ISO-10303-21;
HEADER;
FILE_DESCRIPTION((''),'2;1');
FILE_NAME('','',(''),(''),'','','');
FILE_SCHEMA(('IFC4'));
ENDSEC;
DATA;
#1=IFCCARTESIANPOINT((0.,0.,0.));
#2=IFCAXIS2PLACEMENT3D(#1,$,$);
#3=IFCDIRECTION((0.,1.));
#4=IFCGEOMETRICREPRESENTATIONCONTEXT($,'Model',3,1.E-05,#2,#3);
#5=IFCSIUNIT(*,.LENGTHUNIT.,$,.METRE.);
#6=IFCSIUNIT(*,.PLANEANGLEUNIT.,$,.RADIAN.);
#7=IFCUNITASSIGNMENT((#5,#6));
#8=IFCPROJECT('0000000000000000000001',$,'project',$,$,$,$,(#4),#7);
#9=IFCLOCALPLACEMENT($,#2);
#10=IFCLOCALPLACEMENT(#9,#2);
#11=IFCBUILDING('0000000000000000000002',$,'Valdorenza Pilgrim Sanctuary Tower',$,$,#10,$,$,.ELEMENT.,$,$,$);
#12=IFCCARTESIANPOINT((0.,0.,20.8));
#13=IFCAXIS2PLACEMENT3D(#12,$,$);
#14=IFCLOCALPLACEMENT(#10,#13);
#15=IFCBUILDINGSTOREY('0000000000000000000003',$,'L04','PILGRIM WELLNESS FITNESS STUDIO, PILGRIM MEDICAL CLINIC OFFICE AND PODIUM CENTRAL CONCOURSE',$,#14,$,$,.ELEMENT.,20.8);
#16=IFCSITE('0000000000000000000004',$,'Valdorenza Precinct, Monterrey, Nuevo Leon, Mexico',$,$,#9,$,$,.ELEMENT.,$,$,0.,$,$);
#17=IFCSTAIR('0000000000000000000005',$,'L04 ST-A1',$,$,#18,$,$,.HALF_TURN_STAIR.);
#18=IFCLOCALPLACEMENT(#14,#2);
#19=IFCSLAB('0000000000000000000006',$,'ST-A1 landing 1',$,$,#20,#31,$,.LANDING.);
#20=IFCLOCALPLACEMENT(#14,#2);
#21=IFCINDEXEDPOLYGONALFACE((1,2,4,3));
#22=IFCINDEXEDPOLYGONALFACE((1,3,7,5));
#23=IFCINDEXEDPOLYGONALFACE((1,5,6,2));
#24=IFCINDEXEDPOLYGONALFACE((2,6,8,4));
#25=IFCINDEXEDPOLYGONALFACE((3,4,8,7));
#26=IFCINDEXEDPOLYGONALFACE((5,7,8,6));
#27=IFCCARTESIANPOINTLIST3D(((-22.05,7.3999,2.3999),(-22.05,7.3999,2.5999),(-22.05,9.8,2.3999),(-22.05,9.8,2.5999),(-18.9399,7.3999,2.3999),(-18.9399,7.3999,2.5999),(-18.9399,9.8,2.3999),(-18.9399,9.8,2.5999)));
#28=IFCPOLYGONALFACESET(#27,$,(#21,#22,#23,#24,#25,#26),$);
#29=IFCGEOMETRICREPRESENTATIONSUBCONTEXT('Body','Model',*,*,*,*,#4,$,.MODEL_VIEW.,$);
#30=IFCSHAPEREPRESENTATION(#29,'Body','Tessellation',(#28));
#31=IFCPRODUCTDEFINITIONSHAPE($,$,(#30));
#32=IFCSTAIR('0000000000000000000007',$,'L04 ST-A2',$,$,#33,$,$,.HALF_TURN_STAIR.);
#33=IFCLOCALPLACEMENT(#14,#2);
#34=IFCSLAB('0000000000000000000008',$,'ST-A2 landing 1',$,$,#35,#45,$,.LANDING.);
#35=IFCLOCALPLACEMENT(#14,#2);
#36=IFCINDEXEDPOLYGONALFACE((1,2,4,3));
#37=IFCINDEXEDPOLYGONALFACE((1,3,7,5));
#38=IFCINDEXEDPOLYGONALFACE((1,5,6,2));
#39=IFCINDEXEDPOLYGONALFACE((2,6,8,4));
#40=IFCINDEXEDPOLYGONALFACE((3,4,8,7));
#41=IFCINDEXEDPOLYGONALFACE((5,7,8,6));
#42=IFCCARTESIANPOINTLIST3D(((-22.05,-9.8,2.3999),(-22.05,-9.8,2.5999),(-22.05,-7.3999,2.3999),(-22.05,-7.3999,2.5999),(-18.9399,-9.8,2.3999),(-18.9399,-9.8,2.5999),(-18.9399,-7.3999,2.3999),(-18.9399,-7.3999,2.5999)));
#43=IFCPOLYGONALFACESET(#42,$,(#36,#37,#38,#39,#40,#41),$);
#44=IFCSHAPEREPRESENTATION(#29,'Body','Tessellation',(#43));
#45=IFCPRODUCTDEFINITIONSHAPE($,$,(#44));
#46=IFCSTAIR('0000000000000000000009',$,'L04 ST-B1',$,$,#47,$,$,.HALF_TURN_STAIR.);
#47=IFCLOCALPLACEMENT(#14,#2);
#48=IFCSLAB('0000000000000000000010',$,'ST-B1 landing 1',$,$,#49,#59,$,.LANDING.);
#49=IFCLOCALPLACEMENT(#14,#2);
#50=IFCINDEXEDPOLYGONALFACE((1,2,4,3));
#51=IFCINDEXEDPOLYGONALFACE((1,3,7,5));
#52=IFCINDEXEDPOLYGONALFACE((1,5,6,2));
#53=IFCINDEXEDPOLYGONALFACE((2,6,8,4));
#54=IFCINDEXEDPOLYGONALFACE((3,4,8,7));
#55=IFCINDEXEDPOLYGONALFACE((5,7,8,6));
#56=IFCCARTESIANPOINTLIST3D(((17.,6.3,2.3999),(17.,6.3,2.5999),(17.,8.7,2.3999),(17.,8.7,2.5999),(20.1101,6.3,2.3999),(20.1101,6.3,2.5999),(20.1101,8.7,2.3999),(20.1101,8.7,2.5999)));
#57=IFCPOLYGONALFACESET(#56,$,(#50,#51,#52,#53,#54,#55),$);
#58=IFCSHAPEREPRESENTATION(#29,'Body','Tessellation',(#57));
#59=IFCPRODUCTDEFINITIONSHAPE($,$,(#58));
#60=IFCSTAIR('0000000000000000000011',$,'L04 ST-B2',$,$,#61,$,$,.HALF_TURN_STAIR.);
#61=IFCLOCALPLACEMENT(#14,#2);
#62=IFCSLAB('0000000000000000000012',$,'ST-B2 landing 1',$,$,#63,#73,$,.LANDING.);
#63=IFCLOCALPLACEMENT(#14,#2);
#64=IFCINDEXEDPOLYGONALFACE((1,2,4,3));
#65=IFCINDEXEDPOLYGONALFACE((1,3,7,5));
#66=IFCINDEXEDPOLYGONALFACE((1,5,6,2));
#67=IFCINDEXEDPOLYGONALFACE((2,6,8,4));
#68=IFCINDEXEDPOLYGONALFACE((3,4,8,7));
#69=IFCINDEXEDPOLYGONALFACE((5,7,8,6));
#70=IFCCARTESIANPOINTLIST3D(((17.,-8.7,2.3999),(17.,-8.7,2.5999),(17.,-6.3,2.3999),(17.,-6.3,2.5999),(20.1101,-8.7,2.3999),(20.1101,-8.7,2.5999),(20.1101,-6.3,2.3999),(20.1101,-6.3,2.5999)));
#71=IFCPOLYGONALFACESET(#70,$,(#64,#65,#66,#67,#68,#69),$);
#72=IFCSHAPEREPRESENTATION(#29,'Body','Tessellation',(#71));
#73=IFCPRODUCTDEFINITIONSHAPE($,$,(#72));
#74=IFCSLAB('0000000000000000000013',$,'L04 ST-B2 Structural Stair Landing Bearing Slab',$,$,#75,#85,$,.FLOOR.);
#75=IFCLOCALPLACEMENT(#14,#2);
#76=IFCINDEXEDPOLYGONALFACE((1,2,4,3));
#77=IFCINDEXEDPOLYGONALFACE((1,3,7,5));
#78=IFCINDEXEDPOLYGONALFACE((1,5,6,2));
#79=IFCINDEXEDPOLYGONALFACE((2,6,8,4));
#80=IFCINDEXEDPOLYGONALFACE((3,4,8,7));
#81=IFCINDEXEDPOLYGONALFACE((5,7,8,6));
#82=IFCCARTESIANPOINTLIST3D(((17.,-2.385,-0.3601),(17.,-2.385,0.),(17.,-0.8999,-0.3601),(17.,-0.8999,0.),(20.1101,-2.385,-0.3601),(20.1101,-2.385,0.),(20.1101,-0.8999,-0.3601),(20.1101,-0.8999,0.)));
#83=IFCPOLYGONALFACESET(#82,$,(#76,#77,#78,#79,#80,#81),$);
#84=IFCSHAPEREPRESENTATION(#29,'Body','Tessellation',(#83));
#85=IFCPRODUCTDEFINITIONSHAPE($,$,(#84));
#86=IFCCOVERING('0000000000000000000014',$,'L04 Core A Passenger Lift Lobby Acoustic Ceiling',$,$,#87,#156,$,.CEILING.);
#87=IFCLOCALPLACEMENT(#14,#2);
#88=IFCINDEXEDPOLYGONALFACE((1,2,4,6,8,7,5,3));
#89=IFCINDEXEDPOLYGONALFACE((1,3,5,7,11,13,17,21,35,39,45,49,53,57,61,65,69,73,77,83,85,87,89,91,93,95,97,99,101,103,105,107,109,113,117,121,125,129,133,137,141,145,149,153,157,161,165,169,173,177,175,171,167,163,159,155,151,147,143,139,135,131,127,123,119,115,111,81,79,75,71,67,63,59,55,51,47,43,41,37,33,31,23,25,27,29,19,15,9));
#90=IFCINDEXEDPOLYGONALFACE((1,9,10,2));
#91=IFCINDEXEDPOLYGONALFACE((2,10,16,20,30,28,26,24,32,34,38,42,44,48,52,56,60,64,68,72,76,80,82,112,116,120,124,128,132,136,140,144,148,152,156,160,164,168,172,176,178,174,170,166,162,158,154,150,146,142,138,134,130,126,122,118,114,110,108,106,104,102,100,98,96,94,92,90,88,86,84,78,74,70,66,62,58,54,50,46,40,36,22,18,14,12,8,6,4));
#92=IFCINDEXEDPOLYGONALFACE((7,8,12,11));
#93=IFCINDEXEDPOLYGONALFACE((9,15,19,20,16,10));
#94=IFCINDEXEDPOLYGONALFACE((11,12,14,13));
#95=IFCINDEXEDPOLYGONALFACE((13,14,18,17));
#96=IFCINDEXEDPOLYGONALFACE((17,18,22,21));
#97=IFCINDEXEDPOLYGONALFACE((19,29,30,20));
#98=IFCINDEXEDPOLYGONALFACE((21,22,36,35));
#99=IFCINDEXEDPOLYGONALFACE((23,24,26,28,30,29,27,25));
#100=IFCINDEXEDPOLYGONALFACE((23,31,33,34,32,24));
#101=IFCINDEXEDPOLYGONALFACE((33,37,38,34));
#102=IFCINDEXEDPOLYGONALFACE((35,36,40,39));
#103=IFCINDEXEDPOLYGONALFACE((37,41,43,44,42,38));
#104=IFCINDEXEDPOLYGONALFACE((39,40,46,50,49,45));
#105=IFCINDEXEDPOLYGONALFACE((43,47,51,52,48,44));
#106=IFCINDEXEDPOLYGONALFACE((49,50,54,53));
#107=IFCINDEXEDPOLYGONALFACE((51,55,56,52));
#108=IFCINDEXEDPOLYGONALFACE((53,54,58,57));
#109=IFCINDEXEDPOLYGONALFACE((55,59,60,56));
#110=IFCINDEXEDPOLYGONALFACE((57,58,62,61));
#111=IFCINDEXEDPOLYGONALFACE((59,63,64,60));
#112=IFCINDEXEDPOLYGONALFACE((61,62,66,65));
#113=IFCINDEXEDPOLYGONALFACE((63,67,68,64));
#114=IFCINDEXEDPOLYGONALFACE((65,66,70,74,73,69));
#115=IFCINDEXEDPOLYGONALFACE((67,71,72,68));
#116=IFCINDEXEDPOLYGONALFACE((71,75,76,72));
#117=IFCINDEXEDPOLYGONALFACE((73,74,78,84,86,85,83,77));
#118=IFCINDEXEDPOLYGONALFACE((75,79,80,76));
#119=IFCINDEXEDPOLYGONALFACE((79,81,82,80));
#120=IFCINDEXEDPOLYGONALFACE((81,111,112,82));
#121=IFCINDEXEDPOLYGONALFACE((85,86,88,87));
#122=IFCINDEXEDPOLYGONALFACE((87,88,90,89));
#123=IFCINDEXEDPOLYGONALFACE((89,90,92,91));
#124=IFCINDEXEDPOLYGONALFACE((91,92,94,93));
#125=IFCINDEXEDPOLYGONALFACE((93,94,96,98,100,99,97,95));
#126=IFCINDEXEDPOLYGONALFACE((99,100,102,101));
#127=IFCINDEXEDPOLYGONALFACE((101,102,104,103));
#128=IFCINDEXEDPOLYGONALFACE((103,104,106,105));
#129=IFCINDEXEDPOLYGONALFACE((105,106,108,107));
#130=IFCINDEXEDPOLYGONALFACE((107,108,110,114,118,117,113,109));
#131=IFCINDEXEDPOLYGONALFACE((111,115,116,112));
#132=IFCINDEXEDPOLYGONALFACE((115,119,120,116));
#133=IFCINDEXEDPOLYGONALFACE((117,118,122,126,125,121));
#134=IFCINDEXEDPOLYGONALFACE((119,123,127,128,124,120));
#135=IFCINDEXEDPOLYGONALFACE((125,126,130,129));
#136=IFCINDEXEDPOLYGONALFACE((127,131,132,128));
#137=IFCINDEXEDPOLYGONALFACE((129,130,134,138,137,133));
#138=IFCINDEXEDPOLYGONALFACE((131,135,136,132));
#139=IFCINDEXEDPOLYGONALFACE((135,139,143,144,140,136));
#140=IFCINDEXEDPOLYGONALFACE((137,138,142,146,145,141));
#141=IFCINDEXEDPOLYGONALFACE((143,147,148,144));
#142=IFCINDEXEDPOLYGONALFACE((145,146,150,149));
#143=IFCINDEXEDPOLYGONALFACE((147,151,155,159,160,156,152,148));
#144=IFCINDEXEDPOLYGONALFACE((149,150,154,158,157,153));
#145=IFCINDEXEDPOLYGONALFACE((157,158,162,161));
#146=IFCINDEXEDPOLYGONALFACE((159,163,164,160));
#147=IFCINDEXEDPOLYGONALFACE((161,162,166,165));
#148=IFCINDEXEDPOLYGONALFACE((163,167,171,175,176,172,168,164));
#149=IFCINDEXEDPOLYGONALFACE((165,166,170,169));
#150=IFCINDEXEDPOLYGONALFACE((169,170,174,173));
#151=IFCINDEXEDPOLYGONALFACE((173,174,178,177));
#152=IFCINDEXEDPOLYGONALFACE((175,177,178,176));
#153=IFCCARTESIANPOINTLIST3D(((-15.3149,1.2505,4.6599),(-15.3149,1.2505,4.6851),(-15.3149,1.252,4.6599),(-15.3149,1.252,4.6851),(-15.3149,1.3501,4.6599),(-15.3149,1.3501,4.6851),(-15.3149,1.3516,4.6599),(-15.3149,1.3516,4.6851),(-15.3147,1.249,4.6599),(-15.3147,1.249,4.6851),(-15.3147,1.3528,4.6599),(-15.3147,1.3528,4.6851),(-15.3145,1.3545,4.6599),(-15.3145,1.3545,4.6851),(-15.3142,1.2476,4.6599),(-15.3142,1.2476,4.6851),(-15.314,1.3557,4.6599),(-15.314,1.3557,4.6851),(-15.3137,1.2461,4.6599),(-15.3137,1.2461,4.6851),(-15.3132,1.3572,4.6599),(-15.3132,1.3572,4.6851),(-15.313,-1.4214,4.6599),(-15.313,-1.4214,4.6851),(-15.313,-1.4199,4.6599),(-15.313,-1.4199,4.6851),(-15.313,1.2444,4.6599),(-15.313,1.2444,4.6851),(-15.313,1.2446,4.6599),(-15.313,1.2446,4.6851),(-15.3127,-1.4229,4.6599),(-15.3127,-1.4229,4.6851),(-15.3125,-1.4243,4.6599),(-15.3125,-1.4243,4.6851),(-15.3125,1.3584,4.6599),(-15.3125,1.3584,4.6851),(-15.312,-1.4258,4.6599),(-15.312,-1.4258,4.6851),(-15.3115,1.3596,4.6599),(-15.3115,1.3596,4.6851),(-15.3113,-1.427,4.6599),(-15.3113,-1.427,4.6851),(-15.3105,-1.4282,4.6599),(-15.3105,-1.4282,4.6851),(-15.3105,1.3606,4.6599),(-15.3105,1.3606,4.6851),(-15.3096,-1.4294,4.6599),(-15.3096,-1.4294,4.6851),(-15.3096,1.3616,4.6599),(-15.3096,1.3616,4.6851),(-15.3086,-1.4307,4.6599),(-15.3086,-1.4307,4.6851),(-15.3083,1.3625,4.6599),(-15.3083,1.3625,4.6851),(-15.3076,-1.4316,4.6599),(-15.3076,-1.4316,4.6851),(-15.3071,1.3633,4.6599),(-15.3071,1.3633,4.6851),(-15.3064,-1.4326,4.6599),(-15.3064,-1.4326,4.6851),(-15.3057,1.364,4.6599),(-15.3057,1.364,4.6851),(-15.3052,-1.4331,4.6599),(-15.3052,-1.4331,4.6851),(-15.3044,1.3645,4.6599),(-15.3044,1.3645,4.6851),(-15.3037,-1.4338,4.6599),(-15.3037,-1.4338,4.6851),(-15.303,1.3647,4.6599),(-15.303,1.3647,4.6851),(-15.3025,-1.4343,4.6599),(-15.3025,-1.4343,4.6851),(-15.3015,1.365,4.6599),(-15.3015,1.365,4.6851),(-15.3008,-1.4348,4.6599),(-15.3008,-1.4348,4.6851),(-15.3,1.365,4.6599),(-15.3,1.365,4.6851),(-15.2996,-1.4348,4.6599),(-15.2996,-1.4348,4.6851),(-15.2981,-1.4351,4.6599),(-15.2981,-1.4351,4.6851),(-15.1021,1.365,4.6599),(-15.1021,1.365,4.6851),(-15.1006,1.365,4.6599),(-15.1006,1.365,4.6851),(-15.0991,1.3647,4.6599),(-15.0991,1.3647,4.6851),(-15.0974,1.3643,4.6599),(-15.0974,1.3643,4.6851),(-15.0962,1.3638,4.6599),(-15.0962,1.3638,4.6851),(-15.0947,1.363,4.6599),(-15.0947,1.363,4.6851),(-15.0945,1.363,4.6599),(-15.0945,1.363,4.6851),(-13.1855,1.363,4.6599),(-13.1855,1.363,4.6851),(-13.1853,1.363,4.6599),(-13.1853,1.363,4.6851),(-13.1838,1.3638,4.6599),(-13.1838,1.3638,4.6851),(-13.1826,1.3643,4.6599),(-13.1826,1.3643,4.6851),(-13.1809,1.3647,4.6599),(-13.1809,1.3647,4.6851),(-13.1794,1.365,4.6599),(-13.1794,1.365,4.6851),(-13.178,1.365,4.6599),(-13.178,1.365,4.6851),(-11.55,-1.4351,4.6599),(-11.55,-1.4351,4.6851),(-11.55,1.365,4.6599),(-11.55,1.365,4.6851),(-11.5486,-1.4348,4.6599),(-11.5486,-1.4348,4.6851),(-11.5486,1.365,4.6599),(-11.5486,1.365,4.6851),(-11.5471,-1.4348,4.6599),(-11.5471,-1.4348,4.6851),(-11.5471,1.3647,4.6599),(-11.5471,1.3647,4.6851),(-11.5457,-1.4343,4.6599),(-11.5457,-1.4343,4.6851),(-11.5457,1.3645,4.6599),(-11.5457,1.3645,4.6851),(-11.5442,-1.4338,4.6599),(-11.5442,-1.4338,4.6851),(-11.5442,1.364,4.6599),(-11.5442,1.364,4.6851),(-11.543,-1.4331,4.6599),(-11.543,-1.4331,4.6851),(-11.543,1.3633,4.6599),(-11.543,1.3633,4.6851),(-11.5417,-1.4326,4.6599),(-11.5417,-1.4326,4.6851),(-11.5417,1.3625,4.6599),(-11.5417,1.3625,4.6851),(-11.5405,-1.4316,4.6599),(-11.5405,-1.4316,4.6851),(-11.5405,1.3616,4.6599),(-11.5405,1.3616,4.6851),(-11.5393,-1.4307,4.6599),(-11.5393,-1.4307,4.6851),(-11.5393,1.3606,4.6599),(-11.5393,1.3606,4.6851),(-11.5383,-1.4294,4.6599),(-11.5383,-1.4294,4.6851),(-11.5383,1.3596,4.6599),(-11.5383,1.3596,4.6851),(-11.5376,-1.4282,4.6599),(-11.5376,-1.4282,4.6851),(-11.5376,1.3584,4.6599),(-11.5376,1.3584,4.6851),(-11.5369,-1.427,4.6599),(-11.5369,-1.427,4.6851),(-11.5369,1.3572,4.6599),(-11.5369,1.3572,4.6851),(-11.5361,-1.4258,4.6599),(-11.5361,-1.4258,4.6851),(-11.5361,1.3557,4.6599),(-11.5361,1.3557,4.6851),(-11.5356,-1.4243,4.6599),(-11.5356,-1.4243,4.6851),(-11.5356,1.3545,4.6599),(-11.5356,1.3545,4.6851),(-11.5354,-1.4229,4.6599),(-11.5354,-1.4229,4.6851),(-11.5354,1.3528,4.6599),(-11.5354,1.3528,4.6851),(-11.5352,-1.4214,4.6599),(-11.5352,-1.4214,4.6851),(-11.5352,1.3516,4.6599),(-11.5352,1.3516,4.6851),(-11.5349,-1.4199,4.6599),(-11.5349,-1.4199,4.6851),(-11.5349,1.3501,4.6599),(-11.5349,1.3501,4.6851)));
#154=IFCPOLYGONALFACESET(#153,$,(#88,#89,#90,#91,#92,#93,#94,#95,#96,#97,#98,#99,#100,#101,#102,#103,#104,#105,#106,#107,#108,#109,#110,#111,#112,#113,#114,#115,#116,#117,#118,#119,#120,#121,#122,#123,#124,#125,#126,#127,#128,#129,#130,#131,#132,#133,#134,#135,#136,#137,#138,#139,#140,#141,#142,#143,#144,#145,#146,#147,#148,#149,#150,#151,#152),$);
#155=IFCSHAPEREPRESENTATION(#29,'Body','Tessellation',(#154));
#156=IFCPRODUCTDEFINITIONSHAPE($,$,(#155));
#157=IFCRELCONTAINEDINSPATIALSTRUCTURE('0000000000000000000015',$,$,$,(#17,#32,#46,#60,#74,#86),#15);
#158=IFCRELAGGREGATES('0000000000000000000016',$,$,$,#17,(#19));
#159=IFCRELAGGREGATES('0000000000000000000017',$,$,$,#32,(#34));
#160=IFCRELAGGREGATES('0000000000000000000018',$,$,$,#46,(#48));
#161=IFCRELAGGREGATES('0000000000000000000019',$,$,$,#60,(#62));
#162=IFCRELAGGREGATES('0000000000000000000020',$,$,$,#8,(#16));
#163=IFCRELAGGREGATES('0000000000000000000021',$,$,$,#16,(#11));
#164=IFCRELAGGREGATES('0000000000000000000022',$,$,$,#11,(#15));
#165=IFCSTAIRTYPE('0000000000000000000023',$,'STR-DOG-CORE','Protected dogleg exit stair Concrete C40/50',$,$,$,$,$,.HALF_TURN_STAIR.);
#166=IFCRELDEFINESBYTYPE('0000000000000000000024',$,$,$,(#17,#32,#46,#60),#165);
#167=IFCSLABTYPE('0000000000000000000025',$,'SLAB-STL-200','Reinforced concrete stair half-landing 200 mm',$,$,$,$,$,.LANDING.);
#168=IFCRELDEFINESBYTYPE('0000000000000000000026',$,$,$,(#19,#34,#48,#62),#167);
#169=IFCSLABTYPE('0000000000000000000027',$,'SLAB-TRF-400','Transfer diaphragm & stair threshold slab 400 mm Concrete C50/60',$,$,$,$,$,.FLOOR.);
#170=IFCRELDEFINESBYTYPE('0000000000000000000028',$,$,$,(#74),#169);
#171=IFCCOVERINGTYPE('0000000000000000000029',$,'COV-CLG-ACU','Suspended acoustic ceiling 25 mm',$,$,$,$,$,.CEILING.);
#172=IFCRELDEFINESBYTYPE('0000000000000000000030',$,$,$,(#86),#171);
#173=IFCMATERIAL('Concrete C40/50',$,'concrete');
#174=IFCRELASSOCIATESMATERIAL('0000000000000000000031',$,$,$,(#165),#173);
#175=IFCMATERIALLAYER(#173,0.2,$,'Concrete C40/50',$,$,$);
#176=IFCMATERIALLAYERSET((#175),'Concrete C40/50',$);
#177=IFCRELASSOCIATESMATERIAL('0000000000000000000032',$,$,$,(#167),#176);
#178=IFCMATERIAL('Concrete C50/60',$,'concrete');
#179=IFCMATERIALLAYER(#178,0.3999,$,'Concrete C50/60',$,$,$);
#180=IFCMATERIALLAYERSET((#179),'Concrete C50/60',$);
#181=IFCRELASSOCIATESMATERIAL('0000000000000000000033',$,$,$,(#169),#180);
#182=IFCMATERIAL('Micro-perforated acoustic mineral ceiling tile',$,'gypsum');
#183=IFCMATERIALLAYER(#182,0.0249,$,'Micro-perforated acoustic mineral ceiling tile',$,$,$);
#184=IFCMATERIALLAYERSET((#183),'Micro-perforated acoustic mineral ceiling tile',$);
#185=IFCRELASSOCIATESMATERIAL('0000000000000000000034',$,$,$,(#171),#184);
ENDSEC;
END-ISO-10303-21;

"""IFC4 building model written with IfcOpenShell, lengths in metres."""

from ifc_helpers import new_model, si_unit, direction, frame, origin, place, context, subcontext, project, spatial, polyline, outline, extrude, material, layer, layer_set, type_object, element, aggregate, save


model = new_model("IFC4")

# Units and contexts
model_context = context("Model", 3, precision=1e-05, world=origin(), true_north=direction((0.0, 1.0)))
body_context = subcontext(model_context, "Body", "Model", "MODEL_VIEW")
ifc_project = project(units=[si_unit("LENGTHUNIT", "METRE"), si_unit("PLANEANGLEUNIT", "RADIAN")], contexts=[model_context])

# Site, building, storey
site_placement = place(None, origin())
site = spatial("IfcSite", under=ifc_project, at=site_placement, Name="Valdorenza Precinct, Monterrey, Nuevo Leon, Mexico", CompositionType="ELEMENT", RefElevation=0.0)
building_placement = place(site_placement, origin())
building = spatial("IfcBuilding", under=site, at=building_placement, Name="Valdorenza Pilgrim Sanctuary Tower", CompositionType="ELEMENT")
storey_placement = place(building_placement, frame((0.0, 0.0, 20.8)))
storey = spatial("IfcBuildingStorey", under=building, at=storey_placement, Name="L04", Description="PILGRIM WELLNESS FITNESS STUDIO, PILGRIM MEDICAL CLINIC OFFICE AND PODIUM CENTRAL CONCOURSE", CompositionType="ELEMENT", Elevation=20.8)

# Stairs, slabs
ifc_material_1 = material(Name="Concrete C40/50", Category="concrete")
stair_type = type_object("IfcStairType", Name="STR-DOG-CORE", Description="Protected dogleg exit stair Concrete C40/50", PredefinedType="HALF_TURN_STAIR", material=ifc_material_1)
stair_1_placement = place(storey_placement, origin())
stair_1 = element("IfcStair", 1, at=stair_1_placement, inside=storey, type_object=stair_type, Name="L04 ST-A1", PredefinedType="HALF_TURN_STAIR")
ifc_layer_1 = layer(ifc_material_1, 0.2, Name="Concrete C40/50")
ifc_layer_set_1 = layer_set([ifc_layer_1], Name="Concrete C40/50")
slab_type_1 = type_object("IfcSlabType", Name="SLAB-STL-200", Description="Reinforced concrete stair half-landing 200 mm", PredefinedType="LANDING", material=ifc_layer_set_1)
slab_1_placement = place(storey_placement, frame((0.0, 0.0, 2.3999)))
slab_1 = element("IfcSlab", 2, at=slab_1_placement, type_object=slab_type_1, Name="ST-A1 landing 1", PredefinedType="LANDING", context=body_context, shape_type="SweptSolid", body=[
    extrude(outline(polyline([(-18.9399, 7.3999), (-18.9399, 9.8), (-22.05, 9.8), (-22.05, 7.3999), (-18.9399, 7.3999)])), origin(), (0.0, 0.0, 1.0), 0.2),
])
aggregate(stair_1, [slab_1])
stair_2_placement = place(storey_placement, origin())
stair_2 = element("IfcStair", 3, at=stair_2_placement, inside=storey, type_object=stair_type, Name="L04 ST-A2", PredefinedType="HALF_TURN_STAIR")
slab_2_placement = place(storey_placement, frame((0.0, 0.0, 2.3999)))
slab_2 = element("IfcSlab", 4, at=slab_2_placement, type_object=slab_type_1, Name="ST-A2 landing 1", PredefinedType="LANDING", context=body_context, shape_type="SweptSolid", body=[
    extrude(outline(polyline([(-22.05, -7.3999), (-22.05, -9.8), (-18.9399, -9.8), (-18.9399, -7.3999), (-22.05, -7.3999)])), origin(), (0.0, 0.0, 1.0), 0.2),
])
aggregate(stair_2, [slab_2])
stair_3_placement = place(storey_placement, origin())
stair_3 = element("IfcStair", 5, at=stair_3_placement, inside=storey, type_object=stair_type, Name="L04 ST-B1", PredefinedType="HALF_TURN_STAIR")
slab_3_placement = place(storey_placement, frame((0.0, 0.0, 2.3999)))
slab_3 = element("IfcSlab", 6, at=slab_3_placement, type_object=slab_type_1, Name="ST-B1 landing 1", PredefinedType="LANDING", context=body_context, shape_type="SweptSolid", body=[
    extrude(outline(polyline([(20.1101, 6.3), (20.1101, 8.7), (17.0, 8.7), (17.0, 6.3), (20.1101, 6.3)])), origin(), (0.0, 0.0, 1.0), 0.2),
])
aggregate(stair_3, [slab_3])
stair_4_placement = place(storey_placement, origin())
stair_4 = element("IfcStair", 7, at=stair_4_placement, inside=storey, type_object=stair_type, Name="L04 ST-B2", PredefinedType="HALF_TURN_STAIR")
slab_4_placement = place(storey_placement, frame((0.0, 0.0, 2.3999)))
slab_4 = element("IfcSlab", 8, at=slab_4_placement, type_object=slab_type_1, Name="ST-B2 landing 1", PredefinedType="LANDING", context=body_context, shape_type="SweptSolid", body=[
    extrude(outline(polyline([(17.0, -6.3), (17.0, -8.7), (20.1101, -8.7), (20.1101, -6.3), (17.0, -6.3)])), origin(), (0.0, 0.0, 1.0), 0.2),
])
aggregate(stair_4, [slab_4])

# Slab
ifc_material_2 = material(Name="Concrete C50/60", Category="concrete")
ifc_layer_2 = layer(ifc_material_2, 0.3999, Name="Concrete C50/60")
ifc_layer_set_2 = layer_set([ifc_layer_2], Name="Concrete C50/60")
slab_type_2 = type_object("IfcSlabType", Name="SLAB-TRF-400", Description="Transfer diaphragm & stair threshold slab 400 mm Concrete C50/60", PredefinedType="FLOOR", material=ifc_layer_set_2)
slab_5_placement = place(storey_placement, frame((0.0, 0.0, -0.3601)))
element("IfcSlab", 9, at=slab_5_placement, inside=storey, type_object=slab_type_2, Name="L04 ST-B2 Structural Stair Landing Bearing Slab", PredefinedType="FLOOR", context=body_context, shape_type="SweptSolid", body=[
    extrude(outline(polyline([(17.0, -2.385), (20.1101, -2.385), (20.1101, -0.8999), (17.0, -0.8999), (17.0, -2.385)])), origin(), (0.0, 0.0, 1.0), 0.3601),
])

# Covering
ifc_material_3 = material(Name="Micro-perforated acoustic mineral ceiling tile", Category="gypsum")
ifc_layer_3 = layer(ifc_material_3, 0.0249, Name="Micro-perforated acoustic mineral ceiling tile")
ifc_layer_set_3 = layer_set([ifc_layer_3], Name="Micro-perforated acoustic mineral ceiling tile")
covering_type_1 = type_object("IfcCoveringType", Name="COV-CLG-ACU", Description="Suspended acoustic ceiling 25 mm", PredefinedType="CEILING", material=ifc_layer_set_3)
covering_1_placement = place(storey_placement, frame((0.0, 0.0, 4.6599)))
element("IfcCovering", 10, at=covering_1_placement, inside=storey, type_object=covering_type_1, Name="L04 Core A Passenger Lift Lobby Acoustic Ceiling", PredefinedType="CEILING", context=body_context, shape_type="SweptSolid", body=[
    extrude(outline(polyline([(-15.313, 1.2444), (-15.313, 1.2446), (-15.3137, 1.2461), (-15.3142, 1.2476), (-15.3147, 1.249), (-15.3149, 1.2505), (-15.3149, 1.252), (-15.3149, 1.3501), (-15.3149, 1.3516), (-15.3147, 1.3528), (-15.3145, 1.3545), (-15.314, 1.3557), (-15.3132, 1.3572), (-15.3125, 1.3584), (-15.3115, 1.3596), (-15.3105, 1.3606), (-15.3096, 1.3616), (-15.3083, 1.3625), (-15.3071, 1.3633), (-15.3057, 1.364), (-15.3044, 1.3645), (-15.303, 1.3647), (-15.3015, 1.365), (-15.3, 1.365), (-15.1021, 1.365), (-15.1006, 1.365), (-15.0991, 1.3647), (-15.0974, 1.3643), (-15.0962, 1.3638), (-15.0947, 1.363), (-15.0945, 1.363), (-13.1855, 1.363), (-13.1853, 1.363), (-13.1838, 1.3638), (-13.1826, 1.3643), (-13.1809, 1.3647), (-13.1794, 1.365), (-13.178, 1.365), (-11.55, 1.365), (-11.5486, 1.365), (-11.5471, 1.3647), (-11.5457, 1.3645), (-11.5442, 1.364), (-11.543, 1.3633), (-11.5417, 1.3625), (-11.5405, 1.3616), (-11.5393, 1.3606), (-11.5383, 1.3596), (-11.5376, 1.3584), (-11.5369, 1.3572), (-11.5361, 1.3557), (-11.5356, 1.3545), (-11.5354, 1.3528), (-11.5352, 1.3516), (-11.5349, 1.3501), (-11.5349, -1.4199), (-11.5352, -1.4214), (-11.5354, -1.4229), (-11.5356, -1.4243), (-11.5361, -1.4258), (-11.5369, -1.427), (-11.5376, -1.4282), (-11.5383, -1.4294), (-11.5393, -1.4307), (-11.5405, -1.4316), (-11.5417, -1.4326), (-11.543, -1.4331), (-11.5442, -1.4338), (-11.5457, -1.4343), (-11.5471, -1.4348), (-11.5486, -1.4348), (-11.55, -1.4351), (-15.2981, -1.4351), (-15.2996, -1.4348), (-15.3008, -1.4348), (-15.3025, -1.4343), (-15.3037, -1.4338), (-15.3052, -1.4331), (-15.3064, -1.4326), (-15.3076, -1.4316), (-15.3086, -1.4307), (-15.3096, -1.4294), (-15.3105, -1.4282), (-15.3113, -1.427), (-15.312, -1.4258), (-15.3125, -1.4243), (-15.3127, -1.4229), (-15.313, -1.4214), (-15.313, -1.4199), (-15.313, 1.2444)])), origin(), (0.0, 0.0, 1.0), 0.0251),
])

save(model, "model.ifc")
